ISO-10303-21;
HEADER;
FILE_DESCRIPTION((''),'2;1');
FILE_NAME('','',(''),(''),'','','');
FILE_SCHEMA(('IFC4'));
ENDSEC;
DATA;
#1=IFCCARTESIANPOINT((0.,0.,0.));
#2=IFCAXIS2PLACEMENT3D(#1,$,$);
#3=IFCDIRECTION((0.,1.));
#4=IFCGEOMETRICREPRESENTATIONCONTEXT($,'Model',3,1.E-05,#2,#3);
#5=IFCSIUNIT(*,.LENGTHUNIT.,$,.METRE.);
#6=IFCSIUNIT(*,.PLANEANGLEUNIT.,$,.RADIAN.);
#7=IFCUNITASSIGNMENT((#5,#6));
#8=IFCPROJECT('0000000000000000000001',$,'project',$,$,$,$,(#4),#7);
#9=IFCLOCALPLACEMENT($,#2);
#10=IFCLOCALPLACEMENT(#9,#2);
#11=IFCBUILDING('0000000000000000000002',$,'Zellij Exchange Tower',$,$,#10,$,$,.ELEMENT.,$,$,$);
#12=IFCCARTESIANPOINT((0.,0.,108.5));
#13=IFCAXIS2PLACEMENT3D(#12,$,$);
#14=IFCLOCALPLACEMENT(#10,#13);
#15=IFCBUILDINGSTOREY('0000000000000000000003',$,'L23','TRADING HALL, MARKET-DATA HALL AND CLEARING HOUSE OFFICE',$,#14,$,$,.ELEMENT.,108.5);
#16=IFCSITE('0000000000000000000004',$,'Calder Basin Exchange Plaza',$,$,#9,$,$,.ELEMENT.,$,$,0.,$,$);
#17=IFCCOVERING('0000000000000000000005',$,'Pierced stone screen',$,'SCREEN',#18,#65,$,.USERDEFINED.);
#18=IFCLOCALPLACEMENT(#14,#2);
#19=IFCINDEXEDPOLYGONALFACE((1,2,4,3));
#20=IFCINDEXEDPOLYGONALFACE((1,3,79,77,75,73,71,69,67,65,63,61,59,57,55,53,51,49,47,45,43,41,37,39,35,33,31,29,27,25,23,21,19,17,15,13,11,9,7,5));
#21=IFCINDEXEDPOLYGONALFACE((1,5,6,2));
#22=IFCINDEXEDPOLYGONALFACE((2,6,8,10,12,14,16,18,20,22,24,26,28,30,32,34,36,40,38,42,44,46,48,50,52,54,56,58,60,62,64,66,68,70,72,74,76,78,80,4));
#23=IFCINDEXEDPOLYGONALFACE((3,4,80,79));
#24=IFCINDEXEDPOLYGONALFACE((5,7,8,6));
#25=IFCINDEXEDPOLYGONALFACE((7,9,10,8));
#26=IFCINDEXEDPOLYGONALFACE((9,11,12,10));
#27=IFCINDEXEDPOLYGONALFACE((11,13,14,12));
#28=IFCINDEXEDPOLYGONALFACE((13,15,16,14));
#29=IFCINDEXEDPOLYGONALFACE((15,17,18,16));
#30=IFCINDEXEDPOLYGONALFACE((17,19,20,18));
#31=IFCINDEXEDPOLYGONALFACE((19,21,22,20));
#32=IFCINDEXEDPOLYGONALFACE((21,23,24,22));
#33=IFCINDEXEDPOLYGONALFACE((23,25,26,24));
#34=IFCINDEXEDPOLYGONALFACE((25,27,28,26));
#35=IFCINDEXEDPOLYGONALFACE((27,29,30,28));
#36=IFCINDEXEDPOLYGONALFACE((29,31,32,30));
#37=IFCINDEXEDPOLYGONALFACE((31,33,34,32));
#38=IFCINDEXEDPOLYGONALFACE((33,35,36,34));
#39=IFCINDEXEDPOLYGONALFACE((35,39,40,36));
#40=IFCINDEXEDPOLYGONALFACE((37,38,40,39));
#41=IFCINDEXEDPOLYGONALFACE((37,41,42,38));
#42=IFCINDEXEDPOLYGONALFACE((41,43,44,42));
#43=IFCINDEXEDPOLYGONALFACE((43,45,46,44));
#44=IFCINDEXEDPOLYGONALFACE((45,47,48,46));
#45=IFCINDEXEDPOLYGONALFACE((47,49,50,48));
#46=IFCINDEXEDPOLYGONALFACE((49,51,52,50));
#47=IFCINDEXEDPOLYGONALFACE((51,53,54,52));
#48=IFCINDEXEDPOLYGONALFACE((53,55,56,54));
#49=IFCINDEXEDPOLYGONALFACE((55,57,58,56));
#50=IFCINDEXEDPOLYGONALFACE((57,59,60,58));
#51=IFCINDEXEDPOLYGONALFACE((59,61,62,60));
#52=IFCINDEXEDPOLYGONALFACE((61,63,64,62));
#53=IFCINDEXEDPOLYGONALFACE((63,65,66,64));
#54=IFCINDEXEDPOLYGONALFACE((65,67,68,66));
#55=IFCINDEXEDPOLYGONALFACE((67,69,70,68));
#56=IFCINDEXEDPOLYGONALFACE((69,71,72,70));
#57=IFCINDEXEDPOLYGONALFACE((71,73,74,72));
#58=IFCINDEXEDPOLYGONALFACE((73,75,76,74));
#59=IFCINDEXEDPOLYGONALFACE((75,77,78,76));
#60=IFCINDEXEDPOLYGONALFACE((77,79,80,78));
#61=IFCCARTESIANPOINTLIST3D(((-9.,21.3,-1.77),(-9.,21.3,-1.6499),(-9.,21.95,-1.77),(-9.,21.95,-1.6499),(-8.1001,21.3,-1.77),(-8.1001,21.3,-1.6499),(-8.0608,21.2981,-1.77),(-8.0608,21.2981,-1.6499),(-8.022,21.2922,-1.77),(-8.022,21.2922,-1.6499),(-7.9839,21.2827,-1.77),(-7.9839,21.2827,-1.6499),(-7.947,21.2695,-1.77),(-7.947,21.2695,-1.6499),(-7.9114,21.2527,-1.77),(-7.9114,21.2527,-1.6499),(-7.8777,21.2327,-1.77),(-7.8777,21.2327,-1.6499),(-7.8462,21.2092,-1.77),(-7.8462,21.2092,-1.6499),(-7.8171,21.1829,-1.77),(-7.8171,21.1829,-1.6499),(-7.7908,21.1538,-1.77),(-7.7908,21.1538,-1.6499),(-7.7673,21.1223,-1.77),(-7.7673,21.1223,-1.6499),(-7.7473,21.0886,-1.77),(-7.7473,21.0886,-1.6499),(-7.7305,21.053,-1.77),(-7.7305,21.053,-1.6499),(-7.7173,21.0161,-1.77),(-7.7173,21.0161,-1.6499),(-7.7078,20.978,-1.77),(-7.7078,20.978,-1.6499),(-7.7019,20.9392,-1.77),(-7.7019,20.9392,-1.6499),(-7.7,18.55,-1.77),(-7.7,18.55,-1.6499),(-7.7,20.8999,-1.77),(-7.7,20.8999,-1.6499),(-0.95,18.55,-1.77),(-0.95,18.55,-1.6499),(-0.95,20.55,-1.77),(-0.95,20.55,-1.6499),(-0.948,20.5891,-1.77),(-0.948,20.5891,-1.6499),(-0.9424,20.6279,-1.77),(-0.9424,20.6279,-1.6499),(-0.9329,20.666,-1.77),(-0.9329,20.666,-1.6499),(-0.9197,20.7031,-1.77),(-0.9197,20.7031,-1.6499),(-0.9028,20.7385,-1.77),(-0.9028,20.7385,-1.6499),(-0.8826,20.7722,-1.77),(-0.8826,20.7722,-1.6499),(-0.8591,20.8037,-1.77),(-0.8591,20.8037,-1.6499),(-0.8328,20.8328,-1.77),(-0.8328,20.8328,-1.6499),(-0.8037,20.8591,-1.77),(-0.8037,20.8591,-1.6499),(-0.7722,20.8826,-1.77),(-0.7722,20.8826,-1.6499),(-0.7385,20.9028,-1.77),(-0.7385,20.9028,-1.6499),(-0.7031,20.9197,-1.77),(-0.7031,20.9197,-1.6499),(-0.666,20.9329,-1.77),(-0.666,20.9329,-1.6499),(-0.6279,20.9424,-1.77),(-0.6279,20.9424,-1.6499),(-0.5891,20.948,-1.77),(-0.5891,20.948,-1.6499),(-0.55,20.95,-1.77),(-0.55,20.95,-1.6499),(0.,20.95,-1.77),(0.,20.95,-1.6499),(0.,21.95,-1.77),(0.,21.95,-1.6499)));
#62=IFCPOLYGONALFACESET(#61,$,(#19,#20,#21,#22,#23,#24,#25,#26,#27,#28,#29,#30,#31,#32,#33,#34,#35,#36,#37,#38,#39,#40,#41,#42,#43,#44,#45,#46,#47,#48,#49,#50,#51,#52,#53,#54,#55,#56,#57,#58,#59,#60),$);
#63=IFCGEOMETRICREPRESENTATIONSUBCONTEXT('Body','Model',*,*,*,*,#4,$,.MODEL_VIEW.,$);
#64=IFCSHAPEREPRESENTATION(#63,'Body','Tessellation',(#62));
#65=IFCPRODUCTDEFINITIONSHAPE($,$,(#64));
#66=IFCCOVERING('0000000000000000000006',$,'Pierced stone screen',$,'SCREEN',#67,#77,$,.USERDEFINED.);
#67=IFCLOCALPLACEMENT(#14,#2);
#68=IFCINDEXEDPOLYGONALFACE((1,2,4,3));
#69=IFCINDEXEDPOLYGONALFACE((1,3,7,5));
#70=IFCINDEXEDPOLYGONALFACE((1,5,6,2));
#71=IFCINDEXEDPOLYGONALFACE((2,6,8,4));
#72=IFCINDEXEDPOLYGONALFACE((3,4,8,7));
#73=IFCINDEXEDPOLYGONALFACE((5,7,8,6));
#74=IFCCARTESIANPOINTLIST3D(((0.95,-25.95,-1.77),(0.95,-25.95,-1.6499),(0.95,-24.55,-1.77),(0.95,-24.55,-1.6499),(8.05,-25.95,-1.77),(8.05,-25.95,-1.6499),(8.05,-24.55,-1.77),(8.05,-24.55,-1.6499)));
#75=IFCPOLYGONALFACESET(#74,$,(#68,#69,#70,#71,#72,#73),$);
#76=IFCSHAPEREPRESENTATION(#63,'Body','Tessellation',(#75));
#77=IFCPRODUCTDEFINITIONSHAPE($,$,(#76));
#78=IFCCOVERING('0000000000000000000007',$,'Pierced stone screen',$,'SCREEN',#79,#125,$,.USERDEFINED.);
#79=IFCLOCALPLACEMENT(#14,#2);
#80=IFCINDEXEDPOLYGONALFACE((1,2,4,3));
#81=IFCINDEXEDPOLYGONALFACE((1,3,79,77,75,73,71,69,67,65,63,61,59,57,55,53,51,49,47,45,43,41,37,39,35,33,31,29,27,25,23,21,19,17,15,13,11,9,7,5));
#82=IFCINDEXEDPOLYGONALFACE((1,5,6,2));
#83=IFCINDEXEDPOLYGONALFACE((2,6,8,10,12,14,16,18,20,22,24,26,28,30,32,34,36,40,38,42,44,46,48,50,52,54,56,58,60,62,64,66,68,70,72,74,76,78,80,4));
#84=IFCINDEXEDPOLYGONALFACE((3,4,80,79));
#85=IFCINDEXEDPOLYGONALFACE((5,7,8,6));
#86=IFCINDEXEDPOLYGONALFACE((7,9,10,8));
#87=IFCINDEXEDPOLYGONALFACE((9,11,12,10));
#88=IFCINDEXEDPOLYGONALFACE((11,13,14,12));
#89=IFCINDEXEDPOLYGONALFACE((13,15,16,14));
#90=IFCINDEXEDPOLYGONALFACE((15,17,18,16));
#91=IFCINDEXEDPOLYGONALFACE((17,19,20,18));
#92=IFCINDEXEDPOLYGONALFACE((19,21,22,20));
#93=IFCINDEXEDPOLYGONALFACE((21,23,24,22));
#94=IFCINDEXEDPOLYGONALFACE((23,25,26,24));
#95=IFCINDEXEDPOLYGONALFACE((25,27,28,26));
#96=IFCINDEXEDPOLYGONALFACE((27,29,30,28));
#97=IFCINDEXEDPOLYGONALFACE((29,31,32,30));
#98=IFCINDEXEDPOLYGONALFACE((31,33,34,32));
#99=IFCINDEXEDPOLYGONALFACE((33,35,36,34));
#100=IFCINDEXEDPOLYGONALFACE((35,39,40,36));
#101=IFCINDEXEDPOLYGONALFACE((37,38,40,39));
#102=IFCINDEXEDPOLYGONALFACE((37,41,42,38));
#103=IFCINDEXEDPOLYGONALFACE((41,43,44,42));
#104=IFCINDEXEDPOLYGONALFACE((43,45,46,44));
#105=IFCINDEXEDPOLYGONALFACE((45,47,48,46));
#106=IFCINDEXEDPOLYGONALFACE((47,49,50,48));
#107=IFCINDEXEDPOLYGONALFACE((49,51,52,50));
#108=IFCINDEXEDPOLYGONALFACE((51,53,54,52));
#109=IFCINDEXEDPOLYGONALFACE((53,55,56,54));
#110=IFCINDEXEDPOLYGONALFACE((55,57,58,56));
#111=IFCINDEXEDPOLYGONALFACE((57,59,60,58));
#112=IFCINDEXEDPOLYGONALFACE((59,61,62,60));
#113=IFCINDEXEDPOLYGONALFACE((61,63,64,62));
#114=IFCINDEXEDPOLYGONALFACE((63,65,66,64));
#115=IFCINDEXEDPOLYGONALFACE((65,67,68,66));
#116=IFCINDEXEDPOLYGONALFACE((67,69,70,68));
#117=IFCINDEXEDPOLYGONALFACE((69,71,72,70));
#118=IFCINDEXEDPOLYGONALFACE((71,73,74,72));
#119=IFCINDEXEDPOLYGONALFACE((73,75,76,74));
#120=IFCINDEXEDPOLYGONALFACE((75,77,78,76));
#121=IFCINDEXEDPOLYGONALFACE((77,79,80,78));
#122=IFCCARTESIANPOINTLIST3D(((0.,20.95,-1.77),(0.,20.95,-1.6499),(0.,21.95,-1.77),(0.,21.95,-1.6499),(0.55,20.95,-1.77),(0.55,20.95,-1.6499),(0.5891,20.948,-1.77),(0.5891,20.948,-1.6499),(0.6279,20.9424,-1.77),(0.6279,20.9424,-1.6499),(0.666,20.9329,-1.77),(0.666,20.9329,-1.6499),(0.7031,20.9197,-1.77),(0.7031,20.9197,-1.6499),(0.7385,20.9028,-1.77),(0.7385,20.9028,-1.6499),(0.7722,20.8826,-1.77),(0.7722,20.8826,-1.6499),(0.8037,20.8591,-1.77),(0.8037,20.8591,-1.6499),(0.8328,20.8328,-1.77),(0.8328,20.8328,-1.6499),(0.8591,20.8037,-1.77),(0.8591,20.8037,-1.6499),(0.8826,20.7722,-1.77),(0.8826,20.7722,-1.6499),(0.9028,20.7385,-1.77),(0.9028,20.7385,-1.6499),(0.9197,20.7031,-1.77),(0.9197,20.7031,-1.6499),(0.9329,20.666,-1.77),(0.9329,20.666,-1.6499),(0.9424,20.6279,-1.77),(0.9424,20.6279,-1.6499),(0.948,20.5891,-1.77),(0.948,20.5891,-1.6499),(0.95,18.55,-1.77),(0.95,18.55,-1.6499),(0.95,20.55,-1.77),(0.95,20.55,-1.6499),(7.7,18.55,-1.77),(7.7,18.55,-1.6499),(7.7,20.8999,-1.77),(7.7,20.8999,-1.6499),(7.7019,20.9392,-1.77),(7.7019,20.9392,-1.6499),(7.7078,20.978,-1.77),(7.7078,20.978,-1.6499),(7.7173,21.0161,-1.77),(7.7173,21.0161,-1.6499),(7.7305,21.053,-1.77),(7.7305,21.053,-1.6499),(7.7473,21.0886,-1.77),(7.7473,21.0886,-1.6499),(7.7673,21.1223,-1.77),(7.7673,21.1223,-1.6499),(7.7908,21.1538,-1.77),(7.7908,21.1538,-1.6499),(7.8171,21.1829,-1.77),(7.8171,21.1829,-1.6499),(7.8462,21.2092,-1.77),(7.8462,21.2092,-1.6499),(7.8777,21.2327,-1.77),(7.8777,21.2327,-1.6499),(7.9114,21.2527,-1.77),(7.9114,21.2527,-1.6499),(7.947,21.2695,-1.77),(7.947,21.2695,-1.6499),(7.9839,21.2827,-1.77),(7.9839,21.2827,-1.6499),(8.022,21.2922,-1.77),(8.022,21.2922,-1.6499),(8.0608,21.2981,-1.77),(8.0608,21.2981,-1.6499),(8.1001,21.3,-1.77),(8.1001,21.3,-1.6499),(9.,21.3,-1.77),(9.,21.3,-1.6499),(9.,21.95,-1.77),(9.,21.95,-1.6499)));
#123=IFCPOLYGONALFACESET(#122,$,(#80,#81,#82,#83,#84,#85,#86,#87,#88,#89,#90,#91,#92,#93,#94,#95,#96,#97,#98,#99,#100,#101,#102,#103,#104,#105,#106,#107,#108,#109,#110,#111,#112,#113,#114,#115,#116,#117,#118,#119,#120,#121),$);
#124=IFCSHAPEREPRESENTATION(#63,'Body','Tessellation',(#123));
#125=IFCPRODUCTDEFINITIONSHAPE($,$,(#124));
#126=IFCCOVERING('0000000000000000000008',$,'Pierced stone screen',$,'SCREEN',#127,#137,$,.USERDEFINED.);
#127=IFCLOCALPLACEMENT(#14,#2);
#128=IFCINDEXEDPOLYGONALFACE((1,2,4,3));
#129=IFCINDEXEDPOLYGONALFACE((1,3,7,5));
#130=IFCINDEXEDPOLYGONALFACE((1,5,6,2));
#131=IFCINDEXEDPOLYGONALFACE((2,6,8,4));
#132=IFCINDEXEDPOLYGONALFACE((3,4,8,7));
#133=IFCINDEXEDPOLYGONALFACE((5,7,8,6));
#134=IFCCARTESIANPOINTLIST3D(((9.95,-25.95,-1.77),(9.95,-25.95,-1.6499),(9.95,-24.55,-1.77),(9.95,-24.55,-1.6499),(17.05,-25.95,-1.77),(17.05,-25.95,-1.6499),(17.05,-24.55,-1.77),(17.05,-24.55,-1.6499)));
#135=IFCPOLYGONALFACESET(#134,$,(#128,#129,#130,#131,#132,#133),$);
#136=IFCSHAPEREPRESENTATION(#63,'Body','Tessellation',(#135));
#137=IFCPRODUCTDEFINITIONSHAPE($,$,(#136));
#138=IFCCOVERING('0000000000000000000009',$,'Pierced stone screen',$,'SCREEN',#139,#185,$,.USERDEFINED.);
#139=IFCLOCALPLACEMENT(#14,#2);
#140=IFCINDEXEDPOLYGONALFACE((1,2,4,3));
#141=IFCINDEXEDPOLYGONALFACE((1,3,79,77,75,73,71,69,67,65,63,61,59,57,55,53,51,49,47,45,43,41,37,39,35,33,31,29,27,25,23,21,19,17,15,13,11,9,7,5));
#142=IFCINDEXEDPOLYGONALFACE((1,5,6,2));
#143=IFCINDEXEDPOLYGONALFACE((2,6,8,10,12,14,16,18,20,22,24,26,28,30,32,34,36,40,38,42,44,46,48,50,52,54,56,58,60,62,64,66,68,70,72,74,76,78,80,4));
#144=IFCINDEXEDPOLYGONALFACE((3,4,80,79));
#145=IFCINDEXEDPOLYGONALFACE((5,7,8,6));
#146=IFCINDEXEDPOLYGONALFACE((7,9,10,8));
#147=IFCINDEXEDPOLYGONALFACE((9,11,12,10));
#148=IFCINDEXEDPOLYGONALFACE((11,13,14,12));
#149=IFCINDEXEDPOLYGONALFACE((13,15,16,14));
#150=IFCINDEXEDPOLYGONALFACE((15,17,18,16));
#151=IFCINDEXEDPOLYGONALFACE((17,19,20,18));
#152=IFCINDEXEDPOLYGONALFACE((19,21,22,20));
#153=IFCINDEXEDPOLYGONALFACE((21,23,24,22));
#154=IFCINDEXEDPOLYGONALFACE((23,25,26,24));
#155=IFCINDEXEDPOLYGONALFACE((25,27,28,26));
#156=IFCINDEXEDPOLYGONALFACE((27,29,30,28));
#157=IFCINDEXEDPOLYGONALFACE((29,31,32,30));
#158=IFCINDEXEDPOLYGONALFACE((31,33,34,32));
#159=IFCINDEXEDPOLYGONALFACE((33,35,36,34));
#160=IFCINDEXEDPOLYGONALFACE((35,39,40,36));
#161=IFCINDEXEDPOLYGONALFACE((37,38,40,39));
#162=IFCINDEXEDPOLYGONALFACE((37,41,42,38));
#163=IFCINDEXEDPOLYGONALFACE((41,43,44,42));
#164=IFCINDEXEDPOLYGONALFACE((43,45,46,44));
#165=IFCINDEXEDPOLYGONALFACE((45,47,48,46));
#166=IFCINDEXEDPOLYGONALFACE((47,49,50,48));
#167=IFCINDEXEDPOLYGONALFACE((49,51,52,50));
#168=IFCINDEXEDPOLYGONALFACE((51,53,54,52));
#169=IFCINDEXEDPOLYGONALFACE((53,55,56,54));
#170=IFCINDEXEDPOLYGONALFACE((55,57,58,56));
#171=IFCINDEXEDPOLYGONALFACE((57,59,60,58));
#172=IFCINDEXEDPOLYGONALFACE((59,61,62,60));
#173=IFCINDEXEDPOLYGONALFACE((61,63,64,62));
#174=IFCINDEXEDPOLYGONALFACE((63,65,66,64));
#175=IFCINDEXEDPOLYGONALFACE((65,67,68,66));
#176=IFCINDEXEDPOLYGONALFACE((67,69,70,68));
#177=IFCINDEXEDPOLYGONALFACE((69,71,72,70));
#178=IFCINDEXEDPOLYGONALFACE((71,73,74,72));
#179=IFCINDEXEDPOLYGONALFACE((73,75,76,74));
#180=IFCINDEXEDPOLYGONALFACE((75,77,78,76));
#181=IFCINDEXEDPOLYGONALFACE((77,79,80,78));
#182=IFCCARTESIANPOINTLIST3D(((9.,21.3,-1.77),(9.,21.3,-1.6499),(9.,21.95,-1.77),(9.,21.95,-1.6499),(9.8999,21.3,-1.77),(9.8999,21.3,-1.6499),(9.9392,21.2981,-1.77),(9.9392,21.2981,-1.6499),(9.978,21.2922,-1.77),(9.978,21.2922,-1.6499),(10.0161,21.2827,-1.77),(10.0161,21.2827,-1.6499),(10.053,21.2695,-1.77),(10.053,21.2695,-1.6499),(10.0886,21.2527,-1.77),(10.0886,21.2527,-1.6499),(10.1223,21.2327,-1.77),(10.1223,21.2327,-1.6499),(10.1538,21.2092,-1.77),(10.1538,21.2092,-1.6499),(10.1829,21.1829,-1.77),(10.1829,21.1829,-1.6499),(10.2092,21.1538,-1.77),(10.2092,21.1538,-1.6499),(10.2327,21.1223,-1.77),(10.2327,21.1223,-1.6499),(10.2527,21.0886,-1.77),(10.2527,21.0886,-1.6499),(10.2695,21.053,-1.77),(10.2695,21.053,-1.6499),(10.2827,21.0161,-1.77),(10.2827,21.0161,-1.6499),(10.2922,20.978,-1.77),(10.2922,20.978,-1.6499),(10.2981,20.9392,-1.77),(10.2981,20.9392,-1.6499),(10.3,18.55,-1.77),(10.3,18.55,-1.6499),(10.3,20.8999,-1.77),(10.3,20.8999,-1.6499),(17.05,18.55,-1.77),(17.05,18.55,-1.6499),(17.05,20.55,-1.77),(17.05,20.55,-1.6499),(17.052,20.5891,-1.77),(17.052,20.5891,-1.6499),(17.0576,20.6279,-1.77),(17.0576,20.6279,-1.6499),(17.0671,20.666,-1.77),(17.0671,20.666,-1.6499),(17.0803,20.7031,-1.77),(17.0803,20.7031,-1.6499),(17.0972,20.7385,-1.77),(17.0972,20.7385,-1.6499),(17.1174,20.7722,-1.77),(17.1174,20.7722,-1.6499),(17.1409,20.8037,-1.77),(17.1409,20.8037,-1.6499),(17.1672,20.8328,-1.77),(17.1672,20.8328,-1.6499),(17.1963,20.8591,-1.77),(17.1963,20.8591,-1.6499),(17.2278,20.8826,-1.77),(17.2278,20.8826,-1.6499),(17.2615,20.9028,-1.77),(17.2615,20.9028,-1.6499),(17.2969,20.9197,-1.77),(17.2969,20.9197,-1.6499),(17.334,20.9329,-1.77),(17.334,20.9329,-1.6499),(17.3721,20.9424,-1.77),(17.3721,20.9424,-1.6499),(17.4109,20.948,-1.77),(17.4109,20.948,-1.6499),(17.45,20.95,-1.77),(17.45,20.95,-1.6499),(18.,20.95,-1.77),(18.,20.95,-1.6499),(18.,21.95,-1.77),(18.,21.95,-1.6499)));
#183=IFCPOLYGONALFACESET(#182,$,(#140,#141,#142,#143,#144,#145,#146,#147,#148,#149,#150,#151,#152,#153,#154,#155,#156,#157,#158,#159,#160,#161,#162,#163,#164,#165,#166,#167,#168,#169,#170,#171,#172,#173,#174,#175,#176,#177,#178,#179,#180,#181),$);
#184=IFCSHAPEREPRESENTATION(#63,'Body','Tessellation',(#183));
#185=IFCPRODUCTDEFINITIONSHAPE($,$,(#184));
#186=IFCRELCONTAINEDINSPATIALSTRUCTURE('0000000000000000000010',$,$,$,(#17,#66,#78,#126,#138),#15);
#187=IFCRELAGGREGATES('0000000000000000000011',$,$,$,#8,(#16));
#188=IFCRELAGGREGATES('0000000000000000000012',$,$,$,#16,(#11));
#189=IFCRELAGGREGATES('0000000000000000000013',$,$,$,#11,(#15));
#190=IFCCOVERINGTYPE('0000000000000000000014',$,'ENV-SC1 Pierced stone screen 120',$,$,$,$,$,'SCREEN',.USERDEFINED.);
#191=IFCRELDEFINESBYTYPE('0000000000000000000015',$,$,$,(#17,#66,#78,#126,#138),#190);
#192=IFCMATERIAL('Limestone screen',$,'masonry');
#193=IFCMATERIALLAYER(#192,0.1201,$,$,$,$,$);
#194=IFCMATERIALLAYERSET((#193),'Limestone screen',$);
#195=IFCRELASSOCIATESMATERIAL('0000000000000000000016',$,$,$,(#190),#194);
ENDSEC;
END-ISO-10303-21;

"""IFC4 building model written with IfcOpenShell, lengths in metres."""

from ifc_helpers import new_model, si_unit, direction, frame, origin, place, context, subcontext, project, spatial, polyline, outline, extrude, material, layer, layer_set, type_object, element, save


model = new_model("IFC4")

# Units and contexts
model_context = context("Model", 3, precision=1e-05, world=origin(), true_north=direction((0.0, 1.0)))
body_context = subcontext(model_context, "Body", "Model", "MODEL_VIEW")
ifc_project = project(units=[si_unit("LENGTHUNIT", "METRE"), si_unit("PLANEANGLEUNIT", "RADIAN")], contexts=[model_context])

# Site, building, storey
site_placement = place(None, origin())
site = spatial("IfcSite", under=ifc_project, at=site_placement, Name="Calder Basin Exchange Plaza", CompositionType="ELEMENT", RefElevation=0.0)
building_placement = place(site_placement, origin())
building = spatial("IfcBuilding", under=site, at=building_placement, Name="Zellij Exchange Tower", CompositionType="ELEMENT")
storey_placement = place(building_placement, frame((0.0, 0.0, 108.5)))
storey = spatial("IfcBuildingStorey", under=building, at=storey_placement, Name="L23", Description="TRADING HALL, MARKET-DATA HALL AND CLEARING HOUSE OFFICE", CompositionType="ELEMENT", Elevation=108.5)

# Coverings
ifc_material_1 = material(Name="Limestone screen", Category="masonry")
ifc_layer_1 = layer(ifc_material_1, 0.1201)
ifc_layer_set_1 = layer_set([ifc_layer_1], Name="Limestone screen")
covering_type_1 = type_object("IfcCoveringType", Name="ENV-SC1 Pierced stone screen 120", ElementType="SCREEN", PredefinedType="USERDEFINED", material=ifc_layer_set_1)
covering_1_placement = place(storey_placement, frame((0.0, 0.0, -1.77)))
element("IfcCovering", 1, at=covering_1_placement, inside=storey, type_object=covering_type_1, Name="Pierced stone screen", ObjectType="SCREEN", PredefinedType="USERDEFINED", context=body_context, shape_type="SweptSolid", body=[
    extrude(outline(polyline([(-0.55, 20.95), (-0.5891, 20.948), (-0.6279, 20.9424), (-0.666, 20.9329), (-0.7031, 20.9197), (-0.7385, 20.9028), (-0.7722, 20.8826), (-0.8037, 20.8591), (-0.8328, 20.8328), (-0.8591, 20.8037), (-0.8826, 20.7722), (-0.9028, 20.7385), (-0.9197, 20.7031), (-0.9329, 20.666), (-0.9424, 20.6279), (-0.948, 20.5891), (-0.95, 20.55), (-0.95, 18.55), (-7.7, 18.55), (-7.7, 20.8999), (-7.7019, 20.9392), (-7.7078, 20.978), (-7.7173, 21.0161), (-7.7305, 21.053), (-7.7473, 21.0886), (-7.7673, 21.1223), (-7.7908, 21.1538), (-7.8171, 21.1829), (-7.8462, 21.2092), (-7.8777, 21.2327), (-7.9114, 21.2527), (-7.947, 21.2695), (-7.9839, 21.2827), (-8.022, 21.2922), (-8.0608, 21.2981), (-8.1001, 21.3), (-9.0, 21.3), (-9.0, 21.95), (0.0, 21.95), (0.0, 20.95), (-0.55, 20.95)])), origin(), (0.0, 0.0, 1.0), 0.1201),
])
covering_2_placement = place(storey_placement, frame((0.0, 0.0, -1.77)))
element("IfcCovering", 2, at=covering_2_placement, inside=storey, type_object=covering_type_1, Name="Pierced stone screen", ObjectType="SCREEN", PredefinedType="USERDEFINED", context=body_context, shape_type="SweptSolid", body=[
    extrude(outline(polyline([(0.95, -24.55), (8.05, -24.55), (8.05, -25.95), (0.95, -25.95), (0.95, -24.55)])), origin(), (0.0, 0.0, 1.0), 0.1201),
])
covering_3_placement = place(storey_placement, frame((0.0, 0.0, -1.77)))
element("IfcCovering", 3, at=covering_3_placement, inside=storey, type_object=covering_type_1, Name="Pierced stone screen", ObjectType="SCREEN", PredefinedType="USERDEFINED", context=body_context, shape_type="SweptSolid", body=[
    extrude(outline(polyline([(8.1001, 21.3), (8.0608, 21.2981), (8.022, 21.2922), (7.9839, 21.2827), (7.947, 21.2695), (7.9114, 21.2527), (7.8777, 21.2327), (7.8462, 21.2092), (7.8171, 21.1829), (7.7908, 21.1538), (7.7673, 21.1223), (7.7473, 21.0886), (7.7305, 21.053), (7.7173, 21.0161), (7.7078, 20.978), (7.7019, 20.9392), (7.7, 20.8999), (7.7, 18.55), (0.95, 18.55), (0.95, 20.55), (0.948, 20.5891), (0.9424, 20.6279), (0.9329, 20.666), (0.9197, 20.7031), (0.9028, 20.7385), (0.8826, 20.7722), (0.8591, 20.8037), (0.8328, 20.8328), (0.8037, 20.8591), (0.7722, 20.8826), (0.7385, 20.9028), (0.7031, 20.9197), (0.666, 20.9329), (0.6279, 20.9424), (0.5891, 20.948), (0.55, 20.95), (0.0, 20.95), (0.0, 21.95), (9.0, 21.95), (9.0, 21.3), (8.1001, 21.3)])), origin(), (0.0, 0.0, 1.0), 0.1201),
])
covering_4_placement = place(storey_placement, frame((0.0, 0.0, -1.77)))
element("IfcCovering", 4, at=covering_4_placement, inside=storey, type_object=covering_type_1, Name="Pierced stone screen", ObjectType="SCREEN", PredefinedType="USERDEFINED", context=body_context, shape_type="SweptSolid", body=[
    extrude(outline(polyline([(9.95, -24.55), (17.05, -24.55), (17.05, -25.95), (9.95, -25.95), (9.95, -24.55)])), origin(), (0.0, 0.0, 1.0), 0.1201),
])
covering_5_placement = place(storey_placement, frame((0.0, 0.0, -1.77)))
element("IfcCovering", 5, at=covering_5_placement, inside=storey, type_object=covering_type_1, Name="Pierced stone screen", ObjectType="SCREEN", PredefinedType="USERDEFINED", context=body_context, shape_type="SweptSolid", body=[
    extrude(outline(polyline([(17.45, 20.95), (17.4109, 20.948), (17.3721, 20.9424), (17.334, 20.9329), (17.2969, 20.9197), (17.2615, 20.9028), (17.2278, 20.8826), (17.1963, 20.8591), (17.1672, 20.8328), (17.1409, 20.8037), (17.1174, 20.7722), (17.0972, 20.7385), (17.0803, 20.7031), (17.0671, 20.666), (17.0576, 20.6279), (17.052, 20.5891), (17.05, 20.55), (17.05, 18.55), (10.3, 18.55), (10.3, 20.8999), (10.2981, 20.9392), (10.2922, 20.978), (10.2827, 21.0161), (10.2695, 21.053), (10.2527, 21.0886), (10.2327, 21.1223), (10.2092, 21.1538), (10.1829, 21.1829), (10.1538, 21.2092), (10.1223, 21.2327), (10.0886, 21.2527), (10.053, 21.2695), (10.0161, 21.2827), (9.978, 21.2922), (9.9392, 21.2981), (9.8999, 21.3), (9.0, 21.3), (9.0, 21.95), (18.0, 21.95), (18.0, 20.95), (17.45, 20.95)])), origin(), (0.0, 0.0, 1.0), 0.1201),
])

save(model, "model.ifc")
